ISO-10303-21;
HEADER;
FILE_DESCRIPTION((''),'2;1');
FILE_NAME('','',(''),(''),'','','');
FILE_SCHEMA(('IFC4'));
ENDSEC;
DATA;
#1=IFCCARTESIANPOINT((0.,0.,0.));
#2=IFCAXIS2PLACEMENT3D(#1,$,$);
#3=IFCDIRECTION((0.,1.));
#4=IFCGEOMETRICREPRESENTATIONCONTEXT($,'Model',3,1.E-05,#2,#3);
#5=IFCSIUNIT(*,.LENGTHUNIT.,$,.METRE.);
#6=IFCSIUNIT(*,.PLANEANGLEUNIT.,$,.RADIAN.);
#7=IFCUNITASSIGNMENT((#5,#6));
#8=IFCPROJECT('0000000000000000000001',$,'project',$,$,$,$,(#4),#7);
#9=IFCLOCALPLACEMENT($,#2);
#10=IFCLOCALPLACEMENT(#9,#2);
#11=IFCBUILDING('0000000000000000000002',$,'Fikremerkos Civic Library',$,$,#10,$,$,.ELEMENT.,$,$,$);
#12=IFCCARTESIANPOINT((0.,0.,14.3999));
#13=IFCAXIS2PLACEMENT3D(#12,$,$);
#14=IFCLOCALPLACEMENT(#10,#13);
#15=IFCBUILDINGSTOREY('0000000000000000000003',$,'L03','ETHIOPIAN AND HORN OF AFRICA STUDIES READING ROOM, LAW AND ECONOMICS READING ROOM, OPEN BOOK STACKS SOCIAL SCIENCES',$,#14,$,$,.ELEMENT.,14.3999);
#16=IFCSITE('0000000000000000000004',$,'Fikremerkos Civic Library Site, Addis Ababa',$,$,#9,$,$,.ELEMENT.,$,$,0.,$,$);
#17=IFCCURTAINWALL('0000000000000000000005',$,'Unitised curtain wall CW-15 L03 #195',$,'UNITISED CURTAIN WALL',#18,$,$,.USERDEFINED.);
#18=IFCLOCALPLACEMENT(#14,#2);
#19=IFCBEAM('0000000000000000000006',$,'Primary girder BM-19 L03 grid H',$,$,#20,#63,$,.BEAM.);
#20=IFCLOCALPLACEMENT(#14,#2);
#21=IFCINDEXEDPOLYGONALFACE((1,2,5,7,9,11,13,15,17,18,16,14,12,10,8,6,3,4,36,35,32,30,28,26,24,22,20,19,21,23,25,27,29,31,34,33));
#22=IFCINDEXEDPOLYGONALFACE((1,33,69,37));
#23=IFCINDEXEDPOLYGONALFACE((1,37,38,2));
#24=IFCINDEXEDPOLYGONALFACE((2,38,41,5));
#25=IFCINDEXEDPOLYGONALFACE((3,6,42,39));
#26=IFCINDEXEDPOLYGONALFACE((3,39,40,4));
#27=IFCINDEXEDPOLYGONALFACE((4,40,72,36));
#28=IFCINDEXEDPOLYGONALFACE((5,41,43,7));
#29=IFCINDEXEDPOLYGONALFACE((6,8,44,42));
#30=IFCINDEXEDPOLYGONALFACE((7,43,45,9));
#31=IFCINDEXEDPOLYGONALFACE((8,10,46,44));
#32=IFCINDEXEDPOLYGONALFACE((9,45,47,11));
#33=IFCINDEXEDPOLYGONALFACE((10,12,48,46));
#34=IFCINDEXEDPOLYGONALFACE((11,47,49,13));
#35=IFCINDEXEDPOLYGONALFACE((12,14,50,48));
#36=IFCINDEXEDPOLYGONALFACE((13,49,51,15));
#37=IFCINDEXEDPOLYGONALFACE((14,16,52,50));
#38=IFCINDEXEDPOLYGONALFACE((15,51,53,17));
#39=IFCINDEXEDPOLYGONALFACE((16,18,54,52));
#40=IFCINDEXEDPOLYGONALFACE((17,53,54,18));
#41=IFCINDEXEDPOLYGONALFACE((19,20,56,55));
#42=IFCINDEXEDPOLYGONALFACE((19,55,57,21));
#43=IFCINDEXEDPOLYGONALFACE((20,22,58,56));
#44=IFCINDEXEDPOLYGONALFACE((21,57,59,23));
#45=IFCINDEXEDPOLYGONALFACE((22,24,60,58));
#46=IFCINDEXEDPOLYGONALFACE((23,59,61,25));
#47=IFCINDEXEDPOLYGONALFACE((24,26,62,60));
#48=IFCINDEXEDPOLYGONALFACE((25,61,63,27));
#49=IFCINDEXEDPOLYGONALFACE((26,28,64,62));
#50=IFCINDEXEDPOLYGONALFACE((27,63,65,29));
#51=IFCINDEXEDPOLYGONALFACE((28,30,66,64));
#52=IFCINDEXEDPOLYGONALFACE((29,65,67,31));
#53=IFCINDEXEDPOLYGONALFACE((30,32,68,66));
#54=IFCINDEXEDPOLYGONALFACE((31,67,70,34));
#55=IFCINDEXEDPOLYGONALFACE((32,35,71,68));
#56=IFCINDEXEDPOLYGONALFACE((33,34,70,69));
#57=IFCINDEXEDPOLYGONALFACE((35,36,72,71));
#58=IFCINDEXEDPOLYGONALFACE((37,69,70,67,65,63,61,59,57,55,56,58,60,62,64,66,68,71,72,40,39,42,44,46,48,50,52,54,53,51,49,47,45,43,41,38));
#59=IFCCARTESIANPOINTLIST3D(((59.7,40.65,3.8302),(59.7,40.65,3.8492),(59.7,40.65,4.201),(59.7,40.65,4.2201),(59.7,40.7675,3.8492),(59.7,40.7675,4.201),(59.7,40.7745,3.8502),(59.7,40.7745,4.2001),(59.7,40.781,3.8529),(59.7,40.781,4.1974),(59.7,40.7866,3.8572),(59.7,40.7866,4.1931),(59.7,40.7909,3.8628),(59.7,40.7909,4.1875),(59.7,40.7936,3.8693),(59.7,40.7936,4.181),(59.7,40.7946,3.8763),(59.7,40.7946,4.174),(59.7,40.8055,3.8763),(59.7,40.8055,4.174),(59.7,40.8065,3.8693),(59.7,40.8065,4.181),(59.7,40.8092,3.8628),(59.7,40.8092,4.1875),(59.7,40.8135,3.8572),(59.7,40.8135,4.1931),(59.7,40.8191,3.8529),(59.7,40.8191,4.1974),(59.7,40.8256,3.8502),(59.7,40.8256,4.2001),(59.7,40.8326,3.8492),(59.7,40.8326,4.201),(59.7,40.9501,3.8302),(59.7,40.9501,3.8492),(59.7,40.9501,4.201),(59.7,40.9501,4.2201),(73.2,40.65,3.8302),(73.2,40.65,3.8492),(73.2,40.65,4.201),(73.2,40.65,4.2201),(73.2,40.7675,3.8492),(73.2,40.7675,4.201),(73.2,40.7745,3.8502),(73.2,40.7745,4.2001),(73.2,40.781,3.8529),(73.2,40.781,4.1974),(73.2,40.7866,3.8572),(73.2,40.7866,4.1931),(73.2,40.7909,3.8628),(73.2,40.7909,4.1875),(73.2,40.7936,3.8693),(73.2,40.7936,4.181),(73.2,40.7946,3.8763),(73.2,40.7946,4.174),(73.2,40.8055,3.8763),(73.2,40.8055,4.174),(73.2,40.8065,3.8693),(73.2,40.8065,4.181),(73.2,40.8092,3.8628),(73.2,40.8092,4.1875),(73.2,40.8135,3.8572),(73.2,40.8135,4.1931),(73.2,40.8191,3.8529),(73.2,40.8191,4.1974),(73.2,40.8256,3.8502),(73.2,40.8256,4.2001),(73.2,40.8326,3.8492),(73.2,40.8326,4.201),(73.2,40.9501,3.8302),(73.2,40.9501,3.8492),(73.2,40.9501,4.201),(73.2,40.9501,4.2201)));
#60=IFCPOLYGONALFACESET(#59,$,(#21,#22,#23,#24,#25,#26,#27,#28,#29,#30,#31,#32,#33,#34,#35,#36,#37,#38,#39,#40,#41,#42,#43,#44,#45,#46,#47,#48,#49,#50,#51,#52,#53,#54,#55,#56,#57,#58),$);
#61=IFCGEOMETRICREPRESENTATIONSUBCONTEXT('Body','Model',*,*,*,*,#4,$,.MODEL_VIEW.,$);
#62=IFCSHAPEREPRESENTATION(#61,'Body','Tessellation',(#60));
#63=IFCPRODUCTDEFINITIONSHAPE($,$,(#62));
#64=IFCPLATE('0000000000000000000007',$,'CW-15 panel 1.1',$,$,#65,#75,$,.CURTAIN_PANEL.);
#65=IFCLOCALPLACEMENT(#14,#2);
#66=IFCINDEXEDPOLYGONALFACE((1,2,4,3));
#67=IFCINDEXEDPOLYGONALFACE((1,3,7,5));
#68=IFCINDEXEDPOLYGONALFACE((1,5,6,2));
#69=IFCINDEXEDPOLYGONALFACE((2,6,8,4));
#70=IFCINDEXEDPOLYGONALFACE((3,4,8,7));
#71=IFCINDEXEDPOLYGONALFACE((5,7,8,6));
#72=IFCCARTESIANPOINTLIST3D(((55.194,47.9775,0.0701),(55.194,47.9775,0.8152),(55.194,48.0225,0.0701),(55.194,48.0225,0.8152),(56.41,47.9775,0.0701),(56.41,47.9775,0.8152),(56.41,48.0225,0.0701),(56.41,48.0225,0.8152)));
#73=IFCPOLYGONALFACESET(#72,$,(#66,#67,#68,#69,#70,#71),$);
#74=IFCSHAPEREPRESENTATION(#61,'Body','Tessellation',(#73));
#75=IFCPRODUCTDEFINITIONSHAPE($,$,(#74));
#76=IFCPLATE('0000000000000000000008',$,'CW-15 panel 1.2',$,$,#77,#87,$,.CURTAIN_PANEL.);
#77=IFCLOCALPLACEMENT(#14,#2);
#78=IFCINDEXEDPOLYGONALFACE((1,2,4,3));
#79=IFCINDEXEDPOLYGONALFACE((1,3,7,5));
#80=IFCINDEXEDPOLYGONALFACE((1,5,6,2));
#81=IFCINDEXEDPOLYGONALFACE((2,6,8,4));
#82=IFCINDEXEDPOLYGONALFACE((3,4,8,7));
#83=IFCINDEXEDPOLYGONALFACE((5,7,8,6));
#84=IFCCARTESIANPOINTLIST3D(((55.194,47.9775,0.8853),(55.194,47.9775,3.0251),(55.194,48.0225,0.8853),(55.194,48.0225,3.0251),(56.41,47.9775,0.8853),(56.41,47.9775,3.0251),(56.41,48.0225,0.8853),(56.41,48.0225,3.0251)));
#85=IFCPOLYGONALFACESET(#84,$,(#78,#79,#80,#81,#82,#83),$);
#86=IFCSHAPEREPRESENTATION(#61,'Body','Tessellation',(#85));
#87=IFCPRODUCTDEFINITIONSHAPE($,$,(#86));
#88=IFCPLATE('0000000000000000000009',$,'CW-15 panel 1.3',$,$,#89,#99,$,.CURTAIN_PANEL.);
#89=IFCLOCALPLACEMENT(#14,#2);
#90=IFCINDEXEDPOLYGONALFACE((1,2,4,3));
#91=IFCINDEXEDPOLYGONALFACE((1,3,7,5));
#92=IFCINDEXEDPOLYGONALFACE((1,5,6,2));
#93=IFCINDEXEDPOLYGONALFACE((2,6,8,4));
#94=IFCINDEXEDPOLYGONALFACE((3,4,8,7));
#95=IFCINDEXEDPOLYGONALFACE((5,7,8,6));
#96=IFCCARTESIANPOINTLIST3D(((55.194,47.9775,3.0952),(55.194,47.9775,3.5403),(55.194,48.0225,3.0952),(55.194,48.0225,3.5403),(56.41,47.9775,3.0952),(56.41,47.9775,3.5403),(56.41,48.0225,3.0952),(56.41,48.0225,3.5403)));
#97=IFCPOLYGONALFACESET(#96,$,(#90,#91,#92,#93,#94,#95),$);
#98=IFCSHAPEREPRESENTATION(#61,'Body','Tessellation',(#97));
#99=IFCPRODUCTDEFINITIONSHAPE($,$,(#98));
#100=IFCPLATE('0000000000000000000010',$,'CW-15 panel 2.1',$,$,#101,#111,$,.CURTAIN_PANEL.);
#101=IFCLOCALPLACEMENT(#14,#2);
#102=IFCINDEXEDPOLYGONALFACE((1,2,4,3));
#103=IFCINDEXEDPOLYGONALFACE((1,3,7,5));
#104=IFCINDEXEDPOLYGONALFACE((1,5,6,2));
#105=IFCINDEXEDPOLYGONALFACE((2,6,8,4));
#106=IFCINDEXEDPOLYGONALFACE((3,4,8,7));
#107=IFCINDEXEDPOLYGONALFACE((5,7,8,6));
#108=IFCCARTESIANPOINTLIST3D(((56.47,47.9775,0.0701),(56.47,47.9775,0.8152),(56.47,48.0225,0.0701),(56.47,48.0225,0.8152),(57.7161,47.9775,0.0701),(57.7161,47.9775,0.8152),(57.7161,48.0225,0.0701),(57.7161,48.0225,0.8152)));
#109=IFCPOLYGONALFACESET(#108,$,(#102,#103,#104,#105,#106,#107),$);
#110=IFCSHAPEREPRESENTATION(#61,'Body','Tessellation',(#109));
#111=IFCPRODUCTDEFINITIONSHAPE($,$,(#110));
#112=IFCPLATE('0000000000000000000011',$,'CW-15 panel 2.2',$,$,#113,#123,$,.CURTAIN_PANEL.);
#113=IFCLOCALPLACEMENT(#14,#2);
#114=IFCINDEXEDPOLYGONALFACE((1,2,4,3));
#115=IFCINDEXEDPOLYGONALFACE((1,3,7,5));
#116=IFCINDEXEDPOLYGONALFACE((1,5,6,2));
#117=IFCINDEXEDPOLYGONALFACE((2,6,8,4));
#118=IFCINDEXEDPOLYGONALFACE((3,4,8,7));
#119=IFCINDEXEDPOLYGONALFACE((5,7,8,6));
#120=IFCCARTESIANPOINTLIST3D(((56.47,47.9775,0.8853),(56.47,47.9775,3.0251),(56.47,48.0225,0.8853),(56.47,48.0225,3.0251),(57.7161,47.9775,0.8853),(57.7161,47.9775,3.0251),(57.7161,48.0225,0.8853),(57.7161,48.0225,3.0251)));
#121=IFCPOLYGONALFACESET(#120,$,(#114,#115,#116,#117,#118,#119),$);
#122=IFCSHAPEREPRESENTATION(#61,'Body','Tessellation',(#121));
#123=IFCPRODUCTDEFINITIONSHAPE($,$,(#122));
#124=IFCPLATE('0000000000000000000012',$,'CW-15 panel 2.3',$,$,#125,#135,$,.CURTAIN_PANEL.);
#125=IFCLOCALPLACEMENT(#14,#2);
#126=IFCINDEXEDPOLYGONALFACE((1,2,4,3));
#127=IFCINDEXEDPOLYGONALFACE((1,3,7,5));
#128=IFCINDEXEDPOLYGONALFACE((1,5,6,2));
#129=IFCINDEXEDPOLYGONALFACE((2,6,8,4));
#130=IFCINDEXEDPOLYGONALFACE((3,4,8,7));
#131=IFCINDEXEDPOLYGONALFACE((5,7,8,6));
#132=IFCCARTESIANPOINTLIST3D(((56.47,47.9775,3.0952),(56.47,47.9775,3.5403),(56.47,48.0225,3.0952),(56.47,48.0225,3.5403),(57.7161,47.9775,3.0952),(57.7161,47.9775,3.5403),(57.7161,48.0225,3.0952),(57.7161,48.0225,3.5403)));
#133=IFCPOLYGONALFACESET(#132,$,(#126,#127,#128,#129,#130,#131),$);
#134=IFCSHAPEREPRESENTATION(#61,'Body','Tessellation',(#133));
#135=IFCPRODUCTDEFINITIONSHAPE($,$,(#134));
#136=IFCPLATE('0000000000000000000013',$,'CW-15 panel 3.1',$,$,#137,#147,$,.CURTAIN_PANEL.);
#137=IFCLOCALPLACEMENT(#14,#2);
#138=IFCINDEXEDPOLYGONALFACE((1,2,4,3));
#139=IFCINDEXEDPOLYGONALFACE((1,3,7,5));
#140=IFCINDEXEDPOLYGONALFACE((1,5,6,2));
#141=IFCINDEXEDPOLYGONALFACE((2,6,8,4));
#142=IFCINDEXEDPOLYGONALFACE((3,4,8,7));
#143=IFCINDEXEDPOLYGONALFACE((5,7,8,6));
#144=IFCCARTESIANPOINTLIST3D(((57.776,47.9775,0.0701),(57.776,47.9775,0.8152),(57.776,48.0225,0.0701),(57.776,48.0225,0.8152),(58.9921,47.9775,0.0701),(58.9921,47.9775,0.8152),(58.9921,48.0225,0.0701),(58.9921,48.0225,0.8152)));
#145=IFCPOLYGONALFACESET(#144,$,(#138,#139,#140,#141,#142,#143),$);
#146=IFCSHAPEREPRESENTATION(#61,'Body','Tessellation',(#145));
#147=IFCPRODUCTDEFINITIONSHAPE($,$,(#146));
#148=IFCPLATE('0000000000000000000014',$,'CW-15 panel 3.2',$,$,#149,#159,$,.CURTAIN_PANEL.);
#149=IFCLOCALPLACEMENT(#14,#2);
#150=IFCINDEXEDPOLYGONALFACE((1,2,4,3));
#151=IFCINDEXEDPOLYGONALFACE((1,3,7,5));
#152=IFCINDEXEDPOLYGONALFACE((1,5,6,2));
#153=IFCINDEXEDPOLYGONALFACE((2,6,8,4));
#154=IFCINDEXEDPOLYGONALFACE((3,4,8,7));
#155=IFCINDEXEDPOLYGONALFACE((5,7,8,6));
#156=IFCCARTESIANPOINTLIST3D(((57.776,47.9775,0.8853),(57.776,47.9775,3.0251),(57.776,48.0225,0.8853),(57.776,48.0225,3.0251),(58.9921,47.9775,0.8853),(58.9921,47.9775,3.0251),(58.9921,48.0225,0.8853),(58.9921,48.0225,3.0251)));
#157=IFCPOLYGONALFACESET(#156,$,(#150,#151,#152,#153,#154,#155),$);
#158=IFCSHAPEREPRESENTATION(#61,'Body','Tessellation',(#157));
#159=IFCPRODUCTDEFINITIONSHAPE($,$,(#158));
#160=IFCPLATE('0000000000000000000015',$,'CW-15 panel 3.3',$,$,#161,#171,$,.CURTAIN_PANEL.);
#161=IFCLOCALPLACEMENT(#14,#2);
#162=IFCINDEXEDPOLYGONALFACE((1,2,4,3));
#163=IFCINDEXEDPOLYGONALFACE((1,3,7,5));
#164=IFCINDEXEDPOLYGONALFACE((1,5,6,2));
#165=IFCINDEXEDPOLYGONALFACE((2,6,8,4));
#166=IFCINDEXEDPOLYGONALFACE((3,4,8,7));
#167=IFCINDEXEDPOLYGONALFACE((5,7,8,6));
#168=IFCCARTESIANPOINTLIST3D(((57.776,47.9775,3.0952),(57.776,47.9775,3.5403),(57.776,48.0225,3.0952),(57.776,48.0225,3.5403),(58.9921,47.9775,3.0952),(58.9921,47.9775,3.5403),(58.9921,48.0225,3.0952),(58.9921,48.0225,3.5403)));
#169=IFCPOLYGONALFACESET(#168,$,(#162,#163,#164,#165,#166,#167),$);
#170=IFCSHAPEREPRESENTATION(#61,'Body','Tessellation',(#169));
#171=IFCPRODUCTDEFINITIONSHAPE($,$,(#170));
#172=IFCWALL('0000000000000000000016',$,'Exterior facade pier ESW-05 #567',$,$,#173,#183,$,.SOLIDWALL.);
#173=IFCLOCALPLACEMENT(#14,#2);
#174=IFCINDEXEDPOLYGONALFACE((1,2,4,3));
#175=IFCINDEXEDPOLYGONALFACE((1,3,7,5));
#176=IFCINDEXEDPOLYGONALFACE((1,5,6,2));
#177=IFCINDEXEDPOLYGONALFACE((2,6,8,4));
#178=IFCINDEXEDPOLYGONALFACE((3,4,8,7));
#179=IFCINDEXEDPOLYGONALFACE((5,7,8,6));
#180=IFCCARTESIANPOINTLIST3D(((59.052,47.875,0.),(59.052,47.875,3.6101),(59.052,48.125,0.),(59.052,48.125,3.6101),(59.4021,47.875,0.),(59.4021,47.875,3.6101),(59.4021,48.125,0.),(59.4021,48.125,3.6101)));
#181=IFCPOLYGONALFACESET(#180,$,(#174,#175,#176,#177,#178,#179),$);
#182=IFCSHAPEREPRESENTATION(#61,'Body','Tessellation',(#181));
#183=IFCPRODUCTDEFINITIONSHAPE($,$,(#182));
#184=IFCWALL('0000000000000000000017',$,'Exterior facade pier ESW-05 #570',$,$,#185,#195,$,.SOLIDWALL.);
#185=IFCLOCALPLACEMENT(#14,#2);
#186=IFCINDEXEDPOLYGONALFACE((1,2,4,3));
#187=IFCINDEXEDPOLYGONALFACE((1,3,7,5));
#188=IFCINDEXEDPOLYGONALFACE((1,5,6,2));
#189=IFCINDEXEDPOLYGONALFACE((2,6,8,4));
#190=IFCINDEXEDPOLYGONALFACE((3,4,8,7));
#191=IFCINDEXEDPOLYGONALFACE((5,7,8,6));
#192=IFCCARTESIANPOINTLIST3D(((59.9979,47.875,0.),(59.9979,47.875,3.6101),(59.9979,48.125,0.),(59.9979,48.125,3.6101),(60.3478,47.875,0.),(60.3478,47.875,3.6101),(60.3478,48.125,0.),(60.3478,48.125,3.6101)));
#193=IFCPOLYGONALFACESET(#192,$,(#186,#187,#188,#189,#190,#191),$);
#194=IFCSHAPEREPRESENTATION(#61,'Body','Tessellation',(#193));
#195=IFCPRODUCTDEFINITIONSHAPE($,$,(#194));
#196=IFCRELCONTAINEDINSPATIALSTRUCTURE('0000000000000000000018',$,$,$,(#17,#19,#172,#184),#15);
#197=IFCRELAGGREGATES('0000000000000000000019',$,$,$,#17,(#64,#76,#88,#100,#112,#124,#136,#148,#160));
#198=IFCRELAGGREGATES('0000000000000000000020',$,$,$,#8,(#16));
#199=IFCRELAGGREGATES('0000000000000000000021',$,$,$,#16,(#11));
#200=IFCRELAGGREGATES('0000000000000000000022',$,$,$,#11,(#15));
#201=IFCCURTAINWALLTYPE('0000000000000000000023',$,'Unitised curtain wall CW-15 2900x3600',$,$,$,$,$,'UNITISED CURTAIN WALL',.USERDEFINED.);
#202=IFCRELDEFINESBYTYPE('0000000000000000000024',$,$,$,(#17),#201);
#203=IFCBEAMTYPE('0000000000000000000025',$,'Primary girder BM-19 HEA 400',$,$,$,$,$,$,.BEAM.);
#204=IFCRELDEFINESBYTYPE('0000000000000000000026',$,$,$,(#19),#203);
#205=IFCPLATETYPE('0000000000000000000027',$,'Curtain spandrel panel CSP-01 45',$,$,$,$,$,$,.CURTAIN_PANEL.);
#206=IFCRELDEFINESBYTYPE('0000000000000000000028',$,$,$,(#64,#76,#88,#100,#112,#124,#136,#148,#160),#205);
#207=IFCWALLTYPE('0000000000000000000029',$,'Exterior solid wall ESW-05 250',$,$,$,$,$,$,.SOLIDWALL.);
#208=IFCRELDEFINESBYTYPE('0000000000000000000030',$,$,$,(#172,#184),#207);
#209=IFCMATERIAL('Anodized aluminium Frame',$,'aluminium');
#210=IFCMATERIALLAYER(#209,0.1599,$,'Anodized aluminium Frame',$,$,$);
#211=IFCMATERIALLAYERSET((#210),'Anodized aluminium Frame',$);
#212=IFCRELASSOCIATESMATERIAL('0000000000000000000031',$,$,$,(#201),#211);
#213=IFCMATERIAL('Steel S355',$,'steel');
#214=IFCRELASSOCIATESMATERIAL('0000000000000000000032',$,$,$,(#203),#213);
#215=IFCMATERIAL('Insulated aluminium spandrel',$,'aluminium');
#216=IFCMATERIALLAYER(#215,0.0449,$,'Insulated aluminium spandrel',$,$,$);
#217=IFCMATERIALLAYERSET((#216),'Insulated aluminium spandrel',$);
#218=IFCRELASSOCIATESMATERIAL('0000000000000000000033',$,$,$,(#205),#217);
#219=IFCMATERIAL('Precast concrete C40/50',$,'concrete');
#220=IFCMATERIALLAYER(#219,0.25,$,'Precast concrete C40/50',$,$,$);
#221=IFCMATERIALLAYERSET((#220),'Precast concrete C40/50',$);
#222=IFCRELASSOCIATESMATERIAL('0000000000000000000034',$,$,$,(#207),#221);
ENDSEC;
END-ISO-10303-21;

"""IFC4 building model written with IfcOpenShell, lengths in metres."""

from ifc_helpers import new_model, si_unit, direction, frame, frame_2d, origin, origin_2d, place, context, subcontext, project, spatial, rectangle, i_section, extrude, material, layer, layer_set, material_profile, profile_set, type_object, element, aggregate, save


model = new_model("IFC4")

# Units and contexts
model_context = context("Model", 3, precision=1e-05, world=origin(), true_north=direction((0.0, 1.0)))
body_context = subcontext(model_context, "Body", "Model", "MODEL_VIEW")
ifc_project = project(units=[si_unit("LENGTHUNIT", "METRE"), si_unit("PLANEANGLEUNIT", "RADIAN")], contexts=[model_context])

# Site, building, storey
site_placement = place(None, origin())
site = spatial("IfcSite", under=ifc_project, at=site_placement, Name="Fikremerkos Civic Library Site, Addis Ababa", CompositionType="ELEMENT", RefElevation=0.0)
building_placement = place(site_placement, origin())
building = spatial("IfcBuilding", under=site, at=building_placement, Name="Fikremerkos Civic Library", CompositionType="ELEMENT")
storey_placement = place(building_placement, frame((0.0, 0.0, 14.3999)))
storey = spatial("IfcBuildingStorey", under=building, at=storey_placement, Name="L03", Description="ETHIOPIAN AND HORN OF AFRICA STUDIES READING ROOM, LAW AND ECONOMICS READING ROOM, OPEN BOOK STACKS SOCIAL SCIENCES", CompositionType="ELEMENT", Elevation=14.3999)

# Curtain wall
ifc_material_1 = material(Name="Anodized aluminium Frame", Category="aluminium")
ifc_layer_1 = layer(ifc_material_1, 0.1599, Name="Anodized aluminium Frame")
ifc_layer_set_1 = layer_set([ifc_layer_1], Name="Anodized aluminium Frame")
curtain_wall_type_1 = type_object("IfcCurtainWallType", Name="Unitised curtain wall CW-15 2900x3600", ElementType="UNITISED CURTAIN WALL", PredefinedType="USERDEFINED", material=ifc_layer_set_1)
curtain_wall_1_placement = place(storey_placement, origin())
curtain_wall_1 = element("IfcCurtainWall", 1, at=curtain_wall_1_placement, inside=storey, type_object=curtain_wall_type_1, Name="Unitised curtain wall CW-15 L03 #195", ObjectType="UNITISED CURTAIN WALL", PredefinedType="USERDEFINED")

# Beam
ifc_material_2 = material(Name="Steel S355", Category="steel")
ifc_material_profile_1 = material_profile(ifc_material_2, i_section(OverallWidth=0.3, OverallDepth=0.3899, WebThickness=0.011, FlangeThickness=0.019, FilletRadius=0.0271, at=origin_2d()), Name="HEA 400")
ifc_profile_set_1 = profile_set([ifc_material_profile_1], Name="Steel S355")
beam_type_1 = type_object("IfcBeamType", Name="Primary girder BM-19 HEA 400", PredefinedType="BEAM", material=ifc_profile_set_1)
beam_1_placement = place(storey_placement, frame((59.7, 40.8, 4.0251), z_axis=(1.0, 0.0, 0.0), x_axis=(0.0, 1.0, 0.0)))
element("IfcBeam", 2, at=beam_1_placement, inside=storey, type_object=beam_type_1, Name="Primary girder BM-19 L03 grid H", PredefinedType="BEAM", context=body_context, shape_type="SweptSolid", body=[
    extrude(i_section(OverallWidth=0.3, OverallDepth=0.3899, WebThickness=0.011, FlangeThickness=0.019, FilletRadius=0.0271, at=origin_2d()), origin(), (0.0, 0.0, 1.0), 13.5),
])

# Plates
ifc_material_3 = material(Name="Insulated aluminium spandrel", Category="aluminium")
ifc_layer_2 = layer(ifc_material_3, 0.0449, Name="Insulated aluminium spandrel")
ifc_layer_set_2 = layer_set([ifc_layer_2], Name="Insulated aluminium spandrel")
plate_type = type_object("IfcPlateType", Name="Curtain spandrel panel CSP-01 45", PredefinedType="CURTAIN_PANEL", material=ifc_layer_set_2)
plate_1_placement = place(storey_placement, frame((55.802, 48.0, 0.0701), z_axis=(0.0, 0.0, 1.0), x_axis=(1.0, 0.0, 0.0)))
plate_1 = element("IfcPlate", 3, at=plate_1_placement, type_object=plate_type, Name="CW-15 panel 1.1", PredefinedType="CURTAIN_PANEL", context=body_context, shape_type="SweptSolid", body=[
    extrude(rectangle(XDim=1.2161, YDim=0.0449, at=origin_2d()), origin(), (0.0, 0.0, 1.0), 0.7451),
])
plate_2_placement = place(storey_placement, frame((55.802, 48.0, 0.8853), z_axis=(0.0, 0.0, 1.0), x_axis=(1.0, 0.0, 0.0)))
plate_2 = element("IfcPlate", 4, at=plate_2_placement, type_object=plate_type, Name="CW-15 panel 1.2", PredefinedType="CURTAIN_PANEL", context=body_context, shape_type="SweptSolid", body=[
    extrude(rectangle(XDim=1.2161, YDim=0.0449, at=origin_2d()), origin(), (0.0, 0.0, 1.0), 2.1399),
])
plate_3_placement = place(storey_placement, frame((55.802, 48.0, 3.0952), z_axis=(0.0, 0.0, 1.0), x_axis=(1.0, 0.0, 0.0)))
plate_3 = element("IfcPlate", 5, at=plate_3_placement, type_object=plate_type, Name="CW-15 panel 1.3", PredefinedType="CURTAIN_PANEL", context=body_context, shape_type="SweptSolid", body=[
    extrude(rectangle(XDim=1.2161, YDim=0.0449, at=origin_2d()), origin(), (0.0, 0.0, 1.0), 0.4451),
])
plate_4_placement = place(storey_placement, frame((57.093, 48.0, 0.0701), z_axis=(0.0, 0.0, 1.0), x_axis=(1.0, 0.0, 0.0)))
plate_4 = element("IfcPlate", 6, at=plate_4_placement, type_object=plate_type, Name="CW-15 panel 2.1", PredefinedType="CURTAIN_PANEL", context=body_context, shape_type="SweptSolid", body=[
    extrude(rectangle(XDim=1.2461, YDim=0.0449, at=origin_2d()), origin(), (0.0, 0.0, 1.0), 0.7451),
])
plate_5_placement = place(storey_placement, frame((57.093, 48.0, 0.8853), z_axis=(0.0, 0.0, 1.0), x_axis=(1.0, 0.0, 0.0)))
plate_5 = element("IfcPlate", 7, at=plate_5_placement, type_object=plate_type, Name="CW-15 panel 2.2", PredefinedType="CURTAIN_PANEL", context=body_context, shape_type="SweptSolid", body=[
    extrude(rectangle(XDim=1.2461, YDim=0.0449, at=origin_2d()), origin(), (0.0, 0.0, 1.0), 2.1399),
])
plate_6_placement = place(storey_placement, frame((57.093, 48.0, 3.0952), z_axis=(0.0, 0.0, 1.0), x_axis=(1.0, 0.0, 0.0)))
plate_6 = element("IfcPlate", 8, at=plate_6_placement, type_object=plate_type, Name="CW-15 panel 2.3", PredefinedType="CURTAIN_PANEL", context=body_context, shape_type="SweptSolid", body=[
    extrude(rectangle(XDim=1.2461, YDim=0.0449, at=origin_2d()), origin(), (0.0, 0.0, 1.0), 0.4451),
])
plate_7_placement = place(storey_placement, frame((58.384, 48.0, 0.0701), z_axis=(0.0, 0.0, 1.0), x_axis=(1.0, 0.0, 0.0)))
plate_7 = element("IfcPlate", 9, at=plate_7_placement, type_object=plate_type, Name="CW-15 panel 3.1", PredefinedType="CURTAIN_PANEL", context=body_context, shape_type="SweptSolid", body=[
    extrude(rectangle(XDim=1.2161, YDim=0.0449, at=origin_2d()), origin(), (0.0, 0.0, 1.0), 0.7451),
])
plate_8_placement = place(storey_placement, frame((58.384, 48.0, 0.8853), z_axis=(0.0, 0.0, 1.0), x_axis=(1.0, 0.0, 0.0)))
plate_8 = element("IfcPlate", 10, at=plate_8_placement, type_object=plate_type, Name="CW-15 panel 3.2", PredefinedType="CURTAIN_PANEL", context=body_context, shape_type="SweptSolid", body=[
    extrude(rectangle(XDim=1.2161, YDim=0.0449, at=origin_2d()), origin(), (0.0, 0.0, 1.0), 2.1399),
])
plate_9_placement = place(storey_placement, frame((58.384, 48.0, 3.0952), z_axis=(0.0, 0.0, 1.0), x_axis=(1.0, 0.0, 0.0)))
plate_9 = element("IfcPlate", 11, at=plate_9_placement, type_object=plate_type, Name="CW-15 panel 3.3", PredefinedType="CURTAIN_PANEL", context=body_context, shape_type="SweptSolid", body=[
    extrude(rectangle(XDim=1.2161, YDim=0.0449, at=origin_2d()), origin(), (0.0, 0.0, 1.0), 0.4451),
])
aggregate(curtain_wall_1, [plate_1, plate_2, plate_3, plate_4, plate_5, plate_6, plate_7, plate_8, plate_9])

# Walls
ifc_material_4 = material(Name="Precast concrete C40/50", Category="concrete")
ifc_layer_3 = layer(ifc_material_4, 0.25, Name="Precast concrete C40/50")
ifc_layer_set_3 = layer_set([ifc_layer_3], Name="Precast concrete C40/50")
wall_type_1 = type_object("IfcWallType", Name="Exterior solid wall ESW-05 250", PredefinedType="SOLIDWALL", material=ifc_layer_set_3)
wall_1_placement = place(storey_placement, frame((59.052, 48.0, 0.0), z_axis=(0.0, 0.0, 1.0), x_axis=(1.0, 0.0, 0.0)))
element("IfcWall", 12, at=wall_1_placement, inside=storey, type_object=wall_type_1, Name="Exterior facade pier ESW-05 #567", PredefinedType="SOLIDWALL", context=body_context, shape_type="SweptSolid", body=[
    extrude(rectangle(XDim=0.3501, YDim=0.25, at=frame_2d((0.175, 0.0))), origin(), (0.0, 0.0, 1.0), 3.6101),
])
wall_2_placement = place(storey_placement, frame((59.998, 48.0, 0.0), z_axis=(0.0, 0.0, 1.0), x_axis=(1.0, 0.0, 0.0)))
element("IfcWall", 13, at=wall_2_placement, inside=storey, type_object=wall_type_1, Name="Exterior facade pier ESW-05 #570", PredefinedType="SOLIDWALL", context=body_context, shape_type="SweptSolid", body=[
    extrude(rectangle(XDim=0.3499, YDim=0.25, at=frame_2d((0.1748, 0.0))), origin(), (0.0, 0.0, 1.0), 3.6101),
])

save(model, "model.ifc")
